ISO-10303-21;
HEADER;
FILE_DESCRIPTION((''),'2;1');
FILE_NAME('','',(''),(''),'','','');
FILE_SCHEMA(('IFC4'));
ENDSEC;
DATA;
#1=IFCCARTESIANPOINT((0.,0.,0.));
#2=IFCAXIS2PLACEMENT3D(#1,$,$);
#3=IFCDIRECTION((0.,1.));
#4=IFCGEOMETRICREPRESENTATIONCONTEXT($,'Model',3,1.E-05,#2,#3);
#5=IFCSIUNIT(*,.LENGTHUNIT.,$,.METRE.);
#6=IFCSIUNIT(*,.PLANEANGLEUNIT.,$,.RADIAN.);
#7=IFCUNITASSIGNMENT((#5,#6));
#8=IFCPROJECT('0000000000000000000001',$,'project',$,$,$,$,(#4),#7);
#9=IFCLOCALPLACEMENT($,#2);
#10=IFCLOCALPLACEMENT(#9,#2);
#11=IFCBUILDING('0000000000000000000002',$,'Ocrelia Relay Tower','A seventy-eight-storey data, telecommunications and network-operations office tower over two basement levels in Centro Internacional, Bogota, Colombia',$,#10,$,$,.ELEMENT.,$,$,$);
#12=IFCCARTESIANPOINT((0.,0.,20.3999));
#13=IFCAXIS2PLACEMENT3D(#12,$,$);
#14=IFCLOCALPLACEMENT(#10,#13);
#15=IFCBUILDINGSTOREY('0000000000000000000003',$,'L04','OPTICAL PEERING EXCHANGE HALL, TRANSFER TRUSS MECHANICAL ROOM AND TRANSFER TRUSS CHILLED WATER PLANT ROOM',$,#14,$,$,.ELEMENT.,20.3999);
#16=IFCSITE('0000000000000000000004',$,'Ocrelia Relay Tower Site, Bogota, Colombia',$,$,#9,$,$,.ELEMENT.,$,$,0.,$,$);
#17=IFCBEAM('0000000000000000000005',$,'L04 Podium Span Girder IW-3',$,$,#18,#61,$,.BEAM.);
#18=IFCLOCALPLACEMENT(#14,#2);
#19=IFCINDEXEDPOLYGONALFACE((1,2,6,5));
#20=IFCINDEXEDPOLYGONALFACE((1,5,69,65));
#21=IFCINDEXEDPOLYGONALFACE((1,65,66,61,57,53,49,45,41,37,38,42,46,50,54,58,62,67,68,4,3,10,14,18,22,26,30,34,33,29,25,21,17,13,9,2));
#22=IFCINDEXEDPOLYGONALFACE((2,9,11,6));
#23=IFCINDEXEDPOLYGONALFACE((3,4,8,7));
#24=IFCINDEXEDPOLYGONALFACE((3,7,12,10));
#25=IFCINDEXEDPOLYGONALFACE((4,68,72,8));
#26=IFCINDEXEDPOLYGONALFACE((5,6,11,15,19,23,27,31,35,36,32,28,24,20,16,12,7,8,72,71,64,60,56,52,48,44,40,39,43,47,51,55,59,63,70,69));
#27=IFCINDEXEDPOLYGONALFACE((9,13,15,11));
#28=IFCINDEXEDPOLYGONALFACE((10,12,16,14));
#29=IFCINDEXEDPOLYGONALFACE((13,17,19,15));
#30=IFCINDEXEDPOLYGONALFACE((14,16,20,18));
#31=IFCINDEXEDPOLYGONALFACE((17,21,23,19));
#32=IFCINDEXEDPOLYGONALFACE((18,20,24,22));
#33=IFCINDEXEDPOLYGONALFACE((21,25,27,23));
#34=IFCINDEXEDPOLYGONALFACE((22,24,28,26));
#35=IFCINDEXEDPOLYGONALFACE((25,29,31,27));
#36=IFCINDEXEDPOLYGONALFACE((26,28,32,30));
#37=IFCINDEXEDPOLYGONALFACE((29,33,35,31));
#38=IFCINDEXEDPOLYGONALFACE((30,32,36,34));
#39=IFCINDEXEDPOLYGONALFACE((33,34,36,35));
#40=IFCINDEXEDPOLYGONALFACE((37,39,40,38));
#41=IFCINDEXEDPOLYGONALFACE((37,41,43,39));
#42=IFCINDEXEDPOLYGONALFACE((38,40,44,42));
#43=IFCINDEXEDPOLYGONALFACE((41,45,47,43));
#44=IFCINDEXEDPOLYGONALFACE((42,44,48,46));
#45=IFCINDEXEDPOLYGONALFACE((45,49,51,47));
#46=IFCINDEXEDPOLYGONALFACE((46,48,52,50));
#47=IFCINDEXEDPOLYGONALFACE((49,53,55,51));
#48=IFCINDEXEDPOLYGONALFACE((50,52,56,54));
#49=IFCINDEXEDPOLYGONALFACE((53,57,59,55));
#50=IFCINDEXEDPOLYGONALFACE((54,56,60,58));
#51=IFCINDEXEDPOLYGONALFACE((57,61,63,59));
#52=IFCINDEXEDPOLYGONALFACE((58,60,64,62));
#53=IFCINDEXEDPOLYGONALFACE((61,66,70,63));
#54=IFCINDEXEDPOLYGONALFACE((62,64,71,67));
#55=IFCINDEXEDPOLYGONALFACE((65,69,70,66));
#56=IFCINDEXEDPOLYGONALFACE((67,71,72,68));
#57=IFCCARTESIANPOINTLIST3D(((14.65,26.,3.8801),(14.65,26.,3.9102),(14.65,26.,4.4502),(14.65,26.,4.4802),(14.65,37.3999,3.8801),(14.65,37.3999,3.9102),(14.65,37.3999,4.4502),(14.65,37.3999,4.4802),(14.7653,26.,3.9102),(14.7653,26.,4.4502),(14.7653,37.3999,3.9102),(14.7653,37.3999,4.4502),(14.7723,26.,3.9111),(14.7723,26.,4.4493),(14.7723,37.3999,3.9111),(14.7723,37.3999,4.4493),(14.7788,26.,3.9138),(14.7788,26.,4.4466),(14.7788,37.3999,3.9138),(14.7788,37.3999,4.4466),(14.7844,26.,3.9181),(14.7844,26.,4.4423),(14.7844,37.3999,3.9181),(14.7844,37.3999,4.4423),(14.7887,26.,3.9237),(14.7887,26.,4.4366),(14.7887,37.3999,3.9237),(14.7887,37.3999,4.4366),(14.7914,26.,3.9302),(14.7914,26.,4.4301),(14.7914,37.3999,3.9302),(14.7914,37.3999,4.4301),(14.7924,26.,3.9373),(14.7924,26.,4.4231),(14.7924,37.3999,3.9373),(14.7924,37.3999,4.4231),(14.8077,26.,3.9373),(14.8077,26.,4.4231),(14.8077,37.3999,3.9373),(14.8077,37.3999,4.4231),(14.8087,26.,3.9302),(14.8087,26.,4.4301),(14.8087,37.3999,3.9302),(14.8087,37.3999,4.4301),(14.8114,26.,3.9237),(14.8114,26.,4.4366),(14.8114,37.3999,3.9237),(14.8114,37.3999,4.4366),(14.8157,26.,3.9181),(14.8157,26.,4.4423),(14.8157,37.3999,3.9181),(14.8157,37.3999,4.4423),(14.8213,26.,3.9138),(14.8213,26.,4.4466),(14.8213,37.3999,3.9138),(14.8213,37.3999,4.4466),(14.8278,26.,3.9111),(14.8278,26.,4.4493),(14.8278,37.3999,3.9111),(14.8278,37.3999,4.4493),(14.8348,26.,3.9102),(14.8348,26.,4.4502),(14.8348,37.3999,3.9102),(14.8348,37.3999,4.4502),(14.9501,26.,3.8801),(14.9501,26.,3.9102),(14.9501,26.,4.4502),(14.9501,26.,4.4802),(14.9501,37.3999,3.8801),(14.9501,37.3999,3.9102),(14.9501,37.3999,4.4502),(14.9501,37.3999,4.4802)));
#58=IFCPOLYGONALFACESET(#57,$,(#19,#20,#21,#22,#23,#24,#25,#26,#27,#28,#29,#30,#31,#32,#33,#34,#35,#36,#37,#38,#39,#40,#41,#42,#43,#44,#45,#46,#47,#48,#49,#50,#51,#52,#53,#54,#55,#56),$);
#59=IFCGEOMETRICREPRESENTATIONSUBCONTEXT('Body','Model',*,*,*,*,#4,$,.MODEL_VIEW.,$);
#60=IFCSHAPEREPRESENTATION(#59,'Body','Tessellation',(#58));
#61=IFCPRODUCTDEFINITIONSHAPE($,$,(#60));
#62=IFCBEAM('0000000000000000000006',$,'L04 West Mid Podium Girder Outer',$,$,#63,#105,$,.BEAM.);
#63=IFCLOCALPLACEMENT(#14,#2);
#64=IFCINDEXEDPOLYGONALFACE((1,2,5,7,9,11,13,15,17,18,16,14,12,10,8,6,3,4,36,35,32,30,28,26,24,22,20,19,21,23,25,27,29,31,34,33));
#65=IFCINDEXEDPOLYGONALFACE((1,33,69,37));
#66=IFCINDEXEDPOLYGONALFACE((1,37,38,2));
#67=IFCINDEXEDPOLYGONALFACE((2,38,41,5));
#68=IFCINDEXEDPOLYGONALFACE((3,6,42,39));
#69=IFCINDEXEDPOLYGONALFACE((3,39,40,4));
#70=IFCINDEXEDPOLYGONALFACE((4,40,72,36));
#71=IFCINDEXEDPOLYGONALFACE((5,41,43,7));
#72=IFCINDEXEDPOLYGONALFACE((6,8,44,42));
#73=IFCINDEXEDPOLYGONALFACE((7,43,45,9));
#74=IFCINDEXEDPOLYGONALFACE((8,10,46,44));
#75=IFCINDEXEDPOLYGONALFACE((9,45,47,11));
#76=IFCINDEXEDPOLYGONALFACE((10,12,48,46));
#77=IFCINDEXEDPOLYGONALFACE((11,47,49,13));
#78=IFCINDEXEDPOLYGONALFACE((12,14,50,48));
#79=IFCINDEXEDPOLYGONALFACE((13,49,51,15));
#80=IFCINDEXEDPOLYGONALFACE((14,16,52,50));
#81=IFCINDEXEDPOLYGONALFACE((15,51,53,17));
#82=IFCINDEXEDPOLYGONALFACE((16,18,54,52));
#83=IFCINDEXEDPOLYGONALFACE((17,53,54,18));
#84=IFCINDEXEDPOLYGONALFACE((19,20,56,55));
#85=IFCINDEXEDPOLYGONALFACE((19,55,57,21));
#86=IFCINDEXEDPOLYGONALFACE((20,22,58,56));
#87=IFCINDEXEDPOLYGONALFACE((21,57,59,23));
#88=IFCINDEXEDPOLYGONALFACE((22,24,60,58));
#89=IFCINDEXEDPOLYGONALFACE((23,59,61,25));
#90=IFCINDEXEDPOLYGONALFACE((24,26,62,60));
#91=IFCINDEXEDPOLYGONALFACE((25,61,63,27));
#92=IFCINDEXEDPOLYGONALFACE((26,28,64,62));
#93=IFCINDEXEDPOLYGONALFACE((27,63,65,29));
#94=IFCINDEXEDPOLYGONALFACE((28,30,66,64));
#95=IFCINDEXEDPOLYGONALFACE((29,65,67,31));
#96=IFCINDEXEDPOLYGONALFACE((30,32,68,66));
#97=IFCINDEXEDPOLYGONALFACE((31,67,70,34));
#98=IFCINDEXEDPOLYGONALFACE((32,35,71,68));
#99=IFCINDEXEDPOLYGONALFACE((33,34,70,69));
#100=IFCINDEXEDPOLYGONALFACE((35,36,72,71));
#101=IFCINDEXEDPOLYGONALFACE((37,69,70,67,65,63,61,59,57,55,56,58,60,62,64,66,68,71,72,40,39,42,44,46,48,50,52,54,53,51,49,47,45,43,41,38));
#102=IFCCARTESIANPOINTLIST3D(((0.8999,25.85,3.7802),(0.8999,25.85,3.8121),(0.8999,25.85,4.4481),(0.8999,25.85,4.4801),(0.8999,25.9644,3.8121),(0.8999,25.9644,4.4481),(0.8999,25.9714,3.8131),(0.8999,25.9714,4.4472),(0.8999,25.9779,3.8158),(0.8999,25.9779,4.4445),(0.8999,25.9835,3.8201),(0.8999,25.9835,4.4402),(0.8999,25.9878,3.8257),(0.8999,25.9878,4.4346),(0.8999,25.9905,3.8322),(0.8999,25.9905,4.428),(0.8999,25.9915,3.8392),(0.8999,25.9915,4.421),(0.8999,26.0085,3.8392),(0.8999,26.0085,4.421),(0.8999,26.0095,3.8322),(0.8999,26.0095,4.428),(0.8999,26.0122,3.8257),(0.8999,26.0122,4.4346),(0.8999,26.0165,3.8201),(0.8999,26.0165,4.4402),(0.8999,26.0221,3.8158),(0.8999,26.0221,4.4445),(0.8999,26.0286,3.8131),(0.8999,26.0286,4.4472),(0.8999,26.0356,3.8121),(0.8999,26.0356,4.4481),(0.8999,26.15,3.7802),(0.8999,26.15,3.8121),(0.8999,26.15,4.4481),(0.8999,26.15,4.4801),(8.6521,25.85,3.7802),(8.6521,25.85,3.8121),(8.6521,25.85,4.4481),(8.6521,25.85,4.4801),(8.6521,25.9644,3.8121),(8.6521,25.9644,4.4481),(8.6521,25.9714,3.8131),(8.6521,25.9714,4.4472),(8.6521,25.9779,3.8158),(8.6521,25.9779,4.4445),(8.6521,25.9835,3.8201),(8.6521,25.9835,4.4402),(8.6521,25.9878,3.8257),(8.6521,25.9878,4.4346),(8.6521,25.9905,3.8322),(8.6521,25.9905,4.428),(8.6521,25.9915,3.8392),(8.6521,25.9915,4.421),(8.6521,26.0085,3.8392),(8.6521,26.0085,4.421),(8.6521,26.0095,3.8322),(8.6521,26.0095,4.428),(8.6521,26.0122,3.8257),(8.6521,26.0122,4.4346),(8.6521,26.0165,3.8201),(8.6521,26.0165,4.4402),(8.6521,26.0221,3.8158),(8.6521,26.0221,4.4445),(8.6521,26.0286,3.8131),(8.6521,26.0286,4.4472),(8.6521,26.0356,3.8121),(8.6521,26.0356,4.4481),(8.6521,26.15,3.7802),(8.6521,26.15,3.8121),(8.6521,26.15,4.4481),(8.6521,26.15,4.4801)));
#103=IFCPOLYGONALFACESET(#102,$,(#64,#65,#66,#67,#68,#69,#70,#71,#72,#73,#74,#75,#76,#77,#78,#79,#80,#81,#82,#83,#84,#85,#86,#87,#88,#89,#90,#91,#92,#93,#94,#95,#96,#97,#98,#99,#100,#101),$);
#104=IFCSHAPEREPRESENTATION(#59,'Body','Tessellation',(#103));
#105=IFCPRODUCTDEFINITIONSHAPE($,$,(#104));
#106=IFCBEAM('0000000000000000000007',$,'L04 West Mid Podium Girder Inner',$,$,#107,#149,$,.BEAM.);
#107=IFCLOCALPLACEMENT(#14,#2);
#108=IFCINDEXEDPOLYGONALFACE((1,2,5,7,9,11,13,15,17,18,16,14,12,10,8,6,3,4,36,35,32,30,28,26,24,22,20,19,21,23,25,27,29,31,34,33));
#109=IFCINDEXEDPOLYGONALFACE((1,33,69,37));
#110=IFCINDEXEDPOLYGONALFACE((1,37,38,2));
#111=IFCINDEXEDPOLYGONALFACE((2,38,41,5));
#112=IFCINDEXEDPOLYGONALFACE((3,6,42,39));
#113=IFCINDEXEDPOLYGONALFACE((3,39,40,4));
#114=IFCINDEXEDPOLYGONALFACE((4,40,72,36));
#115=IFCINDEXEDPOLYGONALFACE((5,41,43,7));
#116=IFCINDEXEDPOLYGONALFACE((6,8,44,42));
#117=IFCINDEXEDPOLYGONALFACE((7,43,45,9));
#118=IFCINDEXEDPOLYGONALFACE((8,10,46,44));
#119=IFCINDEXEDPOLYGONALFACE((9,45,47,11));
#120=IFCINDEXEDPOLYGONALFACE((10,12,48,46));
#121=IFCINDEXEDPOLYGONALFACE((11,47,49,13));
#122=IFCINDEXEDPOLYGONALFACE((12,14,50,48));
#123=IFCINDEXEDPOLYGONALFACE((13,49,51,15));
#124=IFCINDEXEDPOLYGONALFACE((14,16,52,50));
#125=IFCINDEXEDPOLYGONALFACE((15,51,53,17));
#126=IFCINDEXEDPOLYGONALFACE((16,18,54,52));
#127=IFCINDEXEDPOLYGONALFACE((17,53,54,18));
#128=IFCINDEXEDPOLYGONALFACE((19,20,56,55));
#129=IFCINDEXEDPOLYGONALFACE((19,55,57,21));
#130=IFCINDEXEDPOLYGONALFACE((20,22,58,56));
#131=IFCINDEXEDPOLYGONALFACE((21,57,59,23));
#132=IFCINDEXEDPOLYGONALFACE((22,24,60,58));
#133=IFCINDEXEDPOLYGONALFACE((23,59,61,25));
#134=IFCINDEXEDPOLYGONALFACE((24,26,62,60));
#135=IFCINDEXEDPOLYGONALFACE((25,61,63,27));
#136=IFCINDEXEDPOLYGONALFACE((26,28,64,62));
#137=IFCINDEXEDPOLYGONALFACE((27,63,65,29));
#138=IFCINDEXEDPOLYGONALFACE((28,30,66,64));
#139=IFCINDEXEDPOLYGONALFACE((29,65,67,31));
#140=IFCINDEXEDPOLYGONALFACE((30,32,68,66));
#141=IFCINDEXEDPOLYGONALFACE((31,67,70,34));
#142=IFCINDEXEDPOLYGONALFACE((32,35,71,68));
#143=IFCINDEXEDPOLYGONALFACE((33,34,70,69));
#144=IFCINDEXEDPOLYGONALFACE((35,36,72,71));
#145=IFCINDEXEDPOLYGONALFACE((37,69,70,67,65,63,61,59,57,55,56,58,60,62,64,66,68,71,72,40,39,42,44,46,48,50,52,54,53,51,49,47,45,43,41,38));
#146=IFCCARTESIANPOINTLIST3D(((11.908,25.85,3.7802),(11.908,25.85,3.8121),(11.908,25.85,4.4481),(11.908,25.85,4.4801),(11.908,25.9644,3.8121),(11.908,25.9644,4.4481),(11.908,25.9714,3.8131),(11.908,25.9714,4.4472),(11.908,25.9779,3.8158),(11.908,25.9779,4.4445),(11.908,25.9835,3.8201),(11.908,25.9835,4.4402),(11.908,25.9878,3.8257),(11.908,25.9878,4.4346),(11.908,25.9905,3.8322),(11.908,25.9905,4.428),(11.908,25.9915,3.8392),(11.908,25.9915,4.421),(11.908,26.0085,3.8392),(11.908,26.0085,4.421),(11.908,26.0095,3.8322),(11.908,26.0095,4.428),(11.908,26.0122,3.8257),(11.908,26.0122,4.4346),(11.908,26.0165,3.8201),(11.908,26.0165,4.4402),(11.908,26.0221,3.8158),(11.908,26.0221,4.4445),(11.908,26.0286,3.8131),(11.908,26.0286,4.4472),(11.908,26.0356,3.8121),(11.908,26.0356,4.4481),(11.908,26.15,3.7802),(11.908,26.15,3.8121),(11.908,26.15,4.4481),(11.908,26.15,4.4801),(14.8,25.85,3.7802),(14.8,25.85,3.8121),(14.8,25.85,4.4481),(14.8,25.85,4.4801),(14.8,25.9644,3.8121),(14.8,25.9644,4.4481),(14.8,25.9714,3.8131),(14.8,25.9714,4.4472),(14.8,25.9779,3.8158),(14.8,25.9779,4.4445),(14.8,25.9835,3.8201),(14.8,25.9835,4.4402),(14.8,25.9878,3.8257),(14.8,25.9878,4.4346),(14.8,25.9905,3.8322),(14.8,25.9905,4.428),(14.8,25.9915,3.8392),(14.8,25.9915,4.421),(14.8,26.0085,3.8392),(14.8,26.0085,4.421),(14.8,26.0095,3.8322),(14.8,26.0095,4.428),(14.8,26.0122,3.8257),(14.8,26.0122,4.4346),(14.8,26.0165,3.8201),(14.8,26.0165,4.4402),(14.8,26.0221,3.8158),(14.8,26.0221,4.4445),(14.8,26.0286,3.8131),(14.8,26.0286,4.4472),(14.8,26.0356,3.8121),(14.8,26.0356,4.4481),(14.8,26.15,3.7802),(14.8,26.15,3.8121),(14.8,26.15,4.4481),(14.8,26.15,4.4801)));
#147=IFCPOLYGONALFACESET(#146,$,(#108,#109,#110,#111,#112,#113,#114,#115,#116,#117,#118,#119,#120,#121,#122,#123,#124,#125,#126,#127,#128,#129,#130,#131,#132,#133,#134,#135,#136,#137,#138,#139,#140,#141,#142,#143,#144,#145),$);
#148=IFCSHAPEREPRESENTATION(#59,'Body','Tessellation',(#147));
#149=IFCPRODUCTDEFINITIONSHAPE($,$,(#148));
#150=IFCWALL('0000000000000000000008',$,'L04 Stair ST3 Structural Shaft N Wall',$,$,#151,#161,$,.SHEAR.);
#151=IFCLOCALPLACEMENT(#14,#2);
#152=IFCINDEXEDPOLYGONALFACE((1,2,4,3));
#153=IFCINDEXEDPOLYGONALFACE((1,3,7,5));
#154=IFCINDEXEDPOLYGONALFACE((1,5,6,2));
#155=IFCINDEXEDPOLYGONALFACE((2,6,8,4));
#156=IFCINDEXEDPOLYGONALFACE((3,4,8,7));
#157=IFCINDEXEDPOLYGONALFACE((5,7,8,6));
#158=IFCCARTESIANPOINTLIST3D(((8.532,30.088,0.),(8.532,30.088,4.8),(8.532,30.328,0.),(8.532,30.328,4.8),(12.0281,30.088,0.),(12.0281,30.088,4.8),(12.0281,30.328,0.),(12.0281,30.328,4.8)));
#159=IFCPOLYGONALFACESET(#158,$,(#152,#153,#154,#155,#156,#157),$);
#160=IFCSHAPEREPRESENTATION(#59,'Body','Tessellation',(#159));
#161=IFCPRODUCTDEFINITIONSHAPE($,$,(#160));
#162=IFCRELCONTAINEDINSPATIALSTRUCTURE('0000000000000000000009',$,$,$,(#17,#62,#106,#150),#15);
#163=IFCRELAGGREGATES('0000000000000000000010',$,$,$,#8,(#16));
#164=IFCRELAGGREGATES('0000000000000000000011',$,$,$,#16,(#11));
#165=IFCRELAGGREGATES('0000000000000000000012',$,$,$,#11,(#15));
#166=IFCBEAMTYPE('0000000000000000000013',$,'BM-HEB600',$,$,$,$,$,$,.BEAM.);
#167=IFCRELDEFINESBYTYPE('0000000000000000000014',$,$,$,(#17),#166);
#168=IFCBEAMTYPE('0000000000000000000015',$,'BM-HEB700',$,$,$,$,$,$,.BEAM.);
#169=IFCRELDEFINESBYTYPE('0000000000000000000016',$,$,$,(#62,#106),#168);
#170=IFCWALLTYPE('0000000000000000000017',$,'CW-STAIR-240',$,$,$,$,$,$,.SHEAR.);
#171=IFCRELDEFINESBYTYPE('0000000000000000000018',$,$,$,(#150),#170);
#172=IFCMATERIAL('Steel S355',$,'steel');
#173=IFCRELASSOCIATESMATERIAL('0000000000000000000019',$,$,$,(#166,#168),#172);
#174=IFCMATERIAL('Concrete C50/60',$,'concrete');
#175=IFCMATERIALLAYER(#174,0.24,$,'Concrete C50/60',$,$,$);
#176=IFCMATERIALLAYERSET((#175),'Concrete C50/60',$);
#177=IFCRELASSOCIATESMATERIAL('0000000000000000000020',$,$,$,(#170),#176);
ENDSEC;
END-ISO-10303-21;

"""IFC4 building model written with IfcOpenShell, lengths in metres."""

from ifc_helpers import new_model, si_unit, direction, frame, frame_2d, origin, origin_2d, place, context, subcontext, project, spatial, rectangle, i_section, extrude, material, layer, layer_set, material_profile, profile_set, type_object, element, save


model = new_model("IFC4")

# Units and contexts
model_context = context("Model", 3, precision=1e-05, world=origin(), true_north=direction((0.0, 1.0)))
body_context = subcontext(model_context, "Body", "Model", "MODEL_VIEW")
ifc_project = project(units=[si_unit("LENGTHUNIT", "METRE"), si_unit("PLANEANGLEUNIT", "RADIAN")], contexts=[model_context])

# Site, building, storey
site_placement = place(None, origin())
site = spatial("IfcSite", under=ifc_project, at=site_placement, Name="Ocrelia Relay Tower Site, Bogota, Colombia", CompositionType="ELEMENT", RefElevation=0.0)
building_placement = place(site_placement, origin())
building = spatial("IfcBuilding", under=site, at=building_placement, Name="Ocrelia Relay Tower", Description="A seventy-eight-storey data, telecommunications and network-operations office tower over two basement levels in Centro Internacional, Bogota, Colombia", CompositionType="ELEMENT")
storey_placement = place(building_placement, frame((0.0, 0.0, 20.3999)))
storey = spatial("IfcBuildingStorey", under=building, at=storey_placement, Name="L04", Description="OPTICAL PEERING EXCHANGE HALL, TRANSFER TRUSS MECHANICAL ROOM AND TRANSFER TRUSS CHILLED WATER PLANT ROOM", CompositionType="ELEMENT", Elevation=20.3999)

# Beams
ifc_material_1 = material(Name="Steel S355", Category="steel")
ifc_material_profile_1 = material_profile(ifc_material_1, i_section(OverallWidth=0.3, OverallDepth=0.6001, WebThickness=0.0154, FlangeThickness=0.03, FilletRadius=0.0271, at=origin_2d()), Name="HEB 600")
ifc_profile_set_1 = profile_set([ifc_material_profile_1], Name="Steel S355")
beam_type_1 = type_object("IfcBeamType", Name="BM-HEB600", PredefinedType="BEAM", material=ifc_profile_set_1)
for number, where, z_axis, x_axis, name in (
    (1, (14.8, 26.0, 4.1802), (0.0, 1.0, 0.0), (-1.0, 0.0, 0.0), "L04 Podium Span Girder IW-3"),
):
    element("IfcBeam", number, at=place(storey_placement, frame(where, z_axis=z_axis, x_axis=x_axis)), inside=storey, type_object=beam_type_1, Name=name, PredefinedType="BEAM", context=body_context, shape_type="SweptSolid", body=[
        extrude(i_section(OverallWidth=0.3, OverallDepth=0.6001, WebThickness=0.0154, FlangeThickness=0.03, FilletRadius=0.0271, at=origin_2d()), origin(), (0.0, 0.0, 1.0), 11.3999),
    ])
ifc_material_profile_2 = material_profile(ifc_material_1, i_section(OverallWidth=0.3, OverallDepth=0.7, WebThickness=0.0171, FlangeThickness=0.032, FilletRadius=0.0271, at=origin_2d()), Name="HEB 700")
ifc_profile_set_2 = profile_set([ifc_material_profile_2], Name="Steel S355")
beam_type_2 = type_object("IfcBeamType", Name="BM-HEB700", PredefinedType="BEAM", material=ifc_profile_set_2)
beam_1_placement = place(storey_placement, frame((0.8999, 26.0, 4.1301), z_axis=(1.0, 0.0, 0.0), x_axis=(0.0, 1.0, 0.0)))
element("IfcBeam", 2, at=beam_1_placement, inside=storey, type_object=beam_type_2, Name="L04 West Mid Podium Girder Outer", PredefinedType="BEAM", context=body_context, shape_type="SweptSolid", body=[
    extrude(i_section(OverallWidth=0.3, OverallDepth=0.7, WebThickness=0.0171, FlangeThickness=0.032, FilletRadius=0.0271, at=origin_2d()), origin(), (0.0, 0.0, 1.0), 7.7522),
])
beam_2_placement = place(storey_placement, frame((11.908, 26.0, 4.1301), z_axis=(1.0, 0.0, 0.0), x_axis=(0.0, 1.0, 0.0)))
element("IfcBeam", 3, at=beam_2_placement, inside=storey, type_object=beam_type_2, Name="L04 West Mid Podium Girder Inner", PredefinedType="BEAM", context=body_context, shape_type="SweptSolid", body=[
    extrude(i_section(OverallWidth=0.3, OverallDepth=0.7, WebThickness=0.0171, FlangeThickness=0.032, FilletRadius=0.0271, at=origin_2d()), origin(), (0.0, 0.0, 1.0), 2.8921),
])

# Wall
ifc_material_2 = material(Name="Concrete C50/60", Category="concrete")
ifc_layer_1 = layer(ifc_material_2, 0.24, Name="Concrete C50/60")
ifc_layer_set_1 = layer_set([ifc_layer_1], Name="Concrete C50/60")
wall_type_1 = type_object("IfcWallType", Name="CW-STAIR-240", PredefinedType="SHEAR", material=ifc_layer_set_1)
wall_1_placement = place(storey_placement, frame((8.532, 30.208, 0.0), z_axis=(0.0, 0.0, 1.0), x_axis=(1.0, 0.0, 0.0)))
element("IfcWall", 4, at=wall_1_placement, inside=storey, type_object=wall_type_1, Name="L04 Stair ST3 Structural Shaft N Wall", PredefinedType="SHEAR", context=body_context, shape_type="SweptSolid", body=[
    extrude(rectangle(XDim=3.4961, YDim=0.24, at=frame_2d((1.748, 0.0))), origin(), (0.0, 0.0, 1.0), 4.8),
])

save(model, "model.ifc")
